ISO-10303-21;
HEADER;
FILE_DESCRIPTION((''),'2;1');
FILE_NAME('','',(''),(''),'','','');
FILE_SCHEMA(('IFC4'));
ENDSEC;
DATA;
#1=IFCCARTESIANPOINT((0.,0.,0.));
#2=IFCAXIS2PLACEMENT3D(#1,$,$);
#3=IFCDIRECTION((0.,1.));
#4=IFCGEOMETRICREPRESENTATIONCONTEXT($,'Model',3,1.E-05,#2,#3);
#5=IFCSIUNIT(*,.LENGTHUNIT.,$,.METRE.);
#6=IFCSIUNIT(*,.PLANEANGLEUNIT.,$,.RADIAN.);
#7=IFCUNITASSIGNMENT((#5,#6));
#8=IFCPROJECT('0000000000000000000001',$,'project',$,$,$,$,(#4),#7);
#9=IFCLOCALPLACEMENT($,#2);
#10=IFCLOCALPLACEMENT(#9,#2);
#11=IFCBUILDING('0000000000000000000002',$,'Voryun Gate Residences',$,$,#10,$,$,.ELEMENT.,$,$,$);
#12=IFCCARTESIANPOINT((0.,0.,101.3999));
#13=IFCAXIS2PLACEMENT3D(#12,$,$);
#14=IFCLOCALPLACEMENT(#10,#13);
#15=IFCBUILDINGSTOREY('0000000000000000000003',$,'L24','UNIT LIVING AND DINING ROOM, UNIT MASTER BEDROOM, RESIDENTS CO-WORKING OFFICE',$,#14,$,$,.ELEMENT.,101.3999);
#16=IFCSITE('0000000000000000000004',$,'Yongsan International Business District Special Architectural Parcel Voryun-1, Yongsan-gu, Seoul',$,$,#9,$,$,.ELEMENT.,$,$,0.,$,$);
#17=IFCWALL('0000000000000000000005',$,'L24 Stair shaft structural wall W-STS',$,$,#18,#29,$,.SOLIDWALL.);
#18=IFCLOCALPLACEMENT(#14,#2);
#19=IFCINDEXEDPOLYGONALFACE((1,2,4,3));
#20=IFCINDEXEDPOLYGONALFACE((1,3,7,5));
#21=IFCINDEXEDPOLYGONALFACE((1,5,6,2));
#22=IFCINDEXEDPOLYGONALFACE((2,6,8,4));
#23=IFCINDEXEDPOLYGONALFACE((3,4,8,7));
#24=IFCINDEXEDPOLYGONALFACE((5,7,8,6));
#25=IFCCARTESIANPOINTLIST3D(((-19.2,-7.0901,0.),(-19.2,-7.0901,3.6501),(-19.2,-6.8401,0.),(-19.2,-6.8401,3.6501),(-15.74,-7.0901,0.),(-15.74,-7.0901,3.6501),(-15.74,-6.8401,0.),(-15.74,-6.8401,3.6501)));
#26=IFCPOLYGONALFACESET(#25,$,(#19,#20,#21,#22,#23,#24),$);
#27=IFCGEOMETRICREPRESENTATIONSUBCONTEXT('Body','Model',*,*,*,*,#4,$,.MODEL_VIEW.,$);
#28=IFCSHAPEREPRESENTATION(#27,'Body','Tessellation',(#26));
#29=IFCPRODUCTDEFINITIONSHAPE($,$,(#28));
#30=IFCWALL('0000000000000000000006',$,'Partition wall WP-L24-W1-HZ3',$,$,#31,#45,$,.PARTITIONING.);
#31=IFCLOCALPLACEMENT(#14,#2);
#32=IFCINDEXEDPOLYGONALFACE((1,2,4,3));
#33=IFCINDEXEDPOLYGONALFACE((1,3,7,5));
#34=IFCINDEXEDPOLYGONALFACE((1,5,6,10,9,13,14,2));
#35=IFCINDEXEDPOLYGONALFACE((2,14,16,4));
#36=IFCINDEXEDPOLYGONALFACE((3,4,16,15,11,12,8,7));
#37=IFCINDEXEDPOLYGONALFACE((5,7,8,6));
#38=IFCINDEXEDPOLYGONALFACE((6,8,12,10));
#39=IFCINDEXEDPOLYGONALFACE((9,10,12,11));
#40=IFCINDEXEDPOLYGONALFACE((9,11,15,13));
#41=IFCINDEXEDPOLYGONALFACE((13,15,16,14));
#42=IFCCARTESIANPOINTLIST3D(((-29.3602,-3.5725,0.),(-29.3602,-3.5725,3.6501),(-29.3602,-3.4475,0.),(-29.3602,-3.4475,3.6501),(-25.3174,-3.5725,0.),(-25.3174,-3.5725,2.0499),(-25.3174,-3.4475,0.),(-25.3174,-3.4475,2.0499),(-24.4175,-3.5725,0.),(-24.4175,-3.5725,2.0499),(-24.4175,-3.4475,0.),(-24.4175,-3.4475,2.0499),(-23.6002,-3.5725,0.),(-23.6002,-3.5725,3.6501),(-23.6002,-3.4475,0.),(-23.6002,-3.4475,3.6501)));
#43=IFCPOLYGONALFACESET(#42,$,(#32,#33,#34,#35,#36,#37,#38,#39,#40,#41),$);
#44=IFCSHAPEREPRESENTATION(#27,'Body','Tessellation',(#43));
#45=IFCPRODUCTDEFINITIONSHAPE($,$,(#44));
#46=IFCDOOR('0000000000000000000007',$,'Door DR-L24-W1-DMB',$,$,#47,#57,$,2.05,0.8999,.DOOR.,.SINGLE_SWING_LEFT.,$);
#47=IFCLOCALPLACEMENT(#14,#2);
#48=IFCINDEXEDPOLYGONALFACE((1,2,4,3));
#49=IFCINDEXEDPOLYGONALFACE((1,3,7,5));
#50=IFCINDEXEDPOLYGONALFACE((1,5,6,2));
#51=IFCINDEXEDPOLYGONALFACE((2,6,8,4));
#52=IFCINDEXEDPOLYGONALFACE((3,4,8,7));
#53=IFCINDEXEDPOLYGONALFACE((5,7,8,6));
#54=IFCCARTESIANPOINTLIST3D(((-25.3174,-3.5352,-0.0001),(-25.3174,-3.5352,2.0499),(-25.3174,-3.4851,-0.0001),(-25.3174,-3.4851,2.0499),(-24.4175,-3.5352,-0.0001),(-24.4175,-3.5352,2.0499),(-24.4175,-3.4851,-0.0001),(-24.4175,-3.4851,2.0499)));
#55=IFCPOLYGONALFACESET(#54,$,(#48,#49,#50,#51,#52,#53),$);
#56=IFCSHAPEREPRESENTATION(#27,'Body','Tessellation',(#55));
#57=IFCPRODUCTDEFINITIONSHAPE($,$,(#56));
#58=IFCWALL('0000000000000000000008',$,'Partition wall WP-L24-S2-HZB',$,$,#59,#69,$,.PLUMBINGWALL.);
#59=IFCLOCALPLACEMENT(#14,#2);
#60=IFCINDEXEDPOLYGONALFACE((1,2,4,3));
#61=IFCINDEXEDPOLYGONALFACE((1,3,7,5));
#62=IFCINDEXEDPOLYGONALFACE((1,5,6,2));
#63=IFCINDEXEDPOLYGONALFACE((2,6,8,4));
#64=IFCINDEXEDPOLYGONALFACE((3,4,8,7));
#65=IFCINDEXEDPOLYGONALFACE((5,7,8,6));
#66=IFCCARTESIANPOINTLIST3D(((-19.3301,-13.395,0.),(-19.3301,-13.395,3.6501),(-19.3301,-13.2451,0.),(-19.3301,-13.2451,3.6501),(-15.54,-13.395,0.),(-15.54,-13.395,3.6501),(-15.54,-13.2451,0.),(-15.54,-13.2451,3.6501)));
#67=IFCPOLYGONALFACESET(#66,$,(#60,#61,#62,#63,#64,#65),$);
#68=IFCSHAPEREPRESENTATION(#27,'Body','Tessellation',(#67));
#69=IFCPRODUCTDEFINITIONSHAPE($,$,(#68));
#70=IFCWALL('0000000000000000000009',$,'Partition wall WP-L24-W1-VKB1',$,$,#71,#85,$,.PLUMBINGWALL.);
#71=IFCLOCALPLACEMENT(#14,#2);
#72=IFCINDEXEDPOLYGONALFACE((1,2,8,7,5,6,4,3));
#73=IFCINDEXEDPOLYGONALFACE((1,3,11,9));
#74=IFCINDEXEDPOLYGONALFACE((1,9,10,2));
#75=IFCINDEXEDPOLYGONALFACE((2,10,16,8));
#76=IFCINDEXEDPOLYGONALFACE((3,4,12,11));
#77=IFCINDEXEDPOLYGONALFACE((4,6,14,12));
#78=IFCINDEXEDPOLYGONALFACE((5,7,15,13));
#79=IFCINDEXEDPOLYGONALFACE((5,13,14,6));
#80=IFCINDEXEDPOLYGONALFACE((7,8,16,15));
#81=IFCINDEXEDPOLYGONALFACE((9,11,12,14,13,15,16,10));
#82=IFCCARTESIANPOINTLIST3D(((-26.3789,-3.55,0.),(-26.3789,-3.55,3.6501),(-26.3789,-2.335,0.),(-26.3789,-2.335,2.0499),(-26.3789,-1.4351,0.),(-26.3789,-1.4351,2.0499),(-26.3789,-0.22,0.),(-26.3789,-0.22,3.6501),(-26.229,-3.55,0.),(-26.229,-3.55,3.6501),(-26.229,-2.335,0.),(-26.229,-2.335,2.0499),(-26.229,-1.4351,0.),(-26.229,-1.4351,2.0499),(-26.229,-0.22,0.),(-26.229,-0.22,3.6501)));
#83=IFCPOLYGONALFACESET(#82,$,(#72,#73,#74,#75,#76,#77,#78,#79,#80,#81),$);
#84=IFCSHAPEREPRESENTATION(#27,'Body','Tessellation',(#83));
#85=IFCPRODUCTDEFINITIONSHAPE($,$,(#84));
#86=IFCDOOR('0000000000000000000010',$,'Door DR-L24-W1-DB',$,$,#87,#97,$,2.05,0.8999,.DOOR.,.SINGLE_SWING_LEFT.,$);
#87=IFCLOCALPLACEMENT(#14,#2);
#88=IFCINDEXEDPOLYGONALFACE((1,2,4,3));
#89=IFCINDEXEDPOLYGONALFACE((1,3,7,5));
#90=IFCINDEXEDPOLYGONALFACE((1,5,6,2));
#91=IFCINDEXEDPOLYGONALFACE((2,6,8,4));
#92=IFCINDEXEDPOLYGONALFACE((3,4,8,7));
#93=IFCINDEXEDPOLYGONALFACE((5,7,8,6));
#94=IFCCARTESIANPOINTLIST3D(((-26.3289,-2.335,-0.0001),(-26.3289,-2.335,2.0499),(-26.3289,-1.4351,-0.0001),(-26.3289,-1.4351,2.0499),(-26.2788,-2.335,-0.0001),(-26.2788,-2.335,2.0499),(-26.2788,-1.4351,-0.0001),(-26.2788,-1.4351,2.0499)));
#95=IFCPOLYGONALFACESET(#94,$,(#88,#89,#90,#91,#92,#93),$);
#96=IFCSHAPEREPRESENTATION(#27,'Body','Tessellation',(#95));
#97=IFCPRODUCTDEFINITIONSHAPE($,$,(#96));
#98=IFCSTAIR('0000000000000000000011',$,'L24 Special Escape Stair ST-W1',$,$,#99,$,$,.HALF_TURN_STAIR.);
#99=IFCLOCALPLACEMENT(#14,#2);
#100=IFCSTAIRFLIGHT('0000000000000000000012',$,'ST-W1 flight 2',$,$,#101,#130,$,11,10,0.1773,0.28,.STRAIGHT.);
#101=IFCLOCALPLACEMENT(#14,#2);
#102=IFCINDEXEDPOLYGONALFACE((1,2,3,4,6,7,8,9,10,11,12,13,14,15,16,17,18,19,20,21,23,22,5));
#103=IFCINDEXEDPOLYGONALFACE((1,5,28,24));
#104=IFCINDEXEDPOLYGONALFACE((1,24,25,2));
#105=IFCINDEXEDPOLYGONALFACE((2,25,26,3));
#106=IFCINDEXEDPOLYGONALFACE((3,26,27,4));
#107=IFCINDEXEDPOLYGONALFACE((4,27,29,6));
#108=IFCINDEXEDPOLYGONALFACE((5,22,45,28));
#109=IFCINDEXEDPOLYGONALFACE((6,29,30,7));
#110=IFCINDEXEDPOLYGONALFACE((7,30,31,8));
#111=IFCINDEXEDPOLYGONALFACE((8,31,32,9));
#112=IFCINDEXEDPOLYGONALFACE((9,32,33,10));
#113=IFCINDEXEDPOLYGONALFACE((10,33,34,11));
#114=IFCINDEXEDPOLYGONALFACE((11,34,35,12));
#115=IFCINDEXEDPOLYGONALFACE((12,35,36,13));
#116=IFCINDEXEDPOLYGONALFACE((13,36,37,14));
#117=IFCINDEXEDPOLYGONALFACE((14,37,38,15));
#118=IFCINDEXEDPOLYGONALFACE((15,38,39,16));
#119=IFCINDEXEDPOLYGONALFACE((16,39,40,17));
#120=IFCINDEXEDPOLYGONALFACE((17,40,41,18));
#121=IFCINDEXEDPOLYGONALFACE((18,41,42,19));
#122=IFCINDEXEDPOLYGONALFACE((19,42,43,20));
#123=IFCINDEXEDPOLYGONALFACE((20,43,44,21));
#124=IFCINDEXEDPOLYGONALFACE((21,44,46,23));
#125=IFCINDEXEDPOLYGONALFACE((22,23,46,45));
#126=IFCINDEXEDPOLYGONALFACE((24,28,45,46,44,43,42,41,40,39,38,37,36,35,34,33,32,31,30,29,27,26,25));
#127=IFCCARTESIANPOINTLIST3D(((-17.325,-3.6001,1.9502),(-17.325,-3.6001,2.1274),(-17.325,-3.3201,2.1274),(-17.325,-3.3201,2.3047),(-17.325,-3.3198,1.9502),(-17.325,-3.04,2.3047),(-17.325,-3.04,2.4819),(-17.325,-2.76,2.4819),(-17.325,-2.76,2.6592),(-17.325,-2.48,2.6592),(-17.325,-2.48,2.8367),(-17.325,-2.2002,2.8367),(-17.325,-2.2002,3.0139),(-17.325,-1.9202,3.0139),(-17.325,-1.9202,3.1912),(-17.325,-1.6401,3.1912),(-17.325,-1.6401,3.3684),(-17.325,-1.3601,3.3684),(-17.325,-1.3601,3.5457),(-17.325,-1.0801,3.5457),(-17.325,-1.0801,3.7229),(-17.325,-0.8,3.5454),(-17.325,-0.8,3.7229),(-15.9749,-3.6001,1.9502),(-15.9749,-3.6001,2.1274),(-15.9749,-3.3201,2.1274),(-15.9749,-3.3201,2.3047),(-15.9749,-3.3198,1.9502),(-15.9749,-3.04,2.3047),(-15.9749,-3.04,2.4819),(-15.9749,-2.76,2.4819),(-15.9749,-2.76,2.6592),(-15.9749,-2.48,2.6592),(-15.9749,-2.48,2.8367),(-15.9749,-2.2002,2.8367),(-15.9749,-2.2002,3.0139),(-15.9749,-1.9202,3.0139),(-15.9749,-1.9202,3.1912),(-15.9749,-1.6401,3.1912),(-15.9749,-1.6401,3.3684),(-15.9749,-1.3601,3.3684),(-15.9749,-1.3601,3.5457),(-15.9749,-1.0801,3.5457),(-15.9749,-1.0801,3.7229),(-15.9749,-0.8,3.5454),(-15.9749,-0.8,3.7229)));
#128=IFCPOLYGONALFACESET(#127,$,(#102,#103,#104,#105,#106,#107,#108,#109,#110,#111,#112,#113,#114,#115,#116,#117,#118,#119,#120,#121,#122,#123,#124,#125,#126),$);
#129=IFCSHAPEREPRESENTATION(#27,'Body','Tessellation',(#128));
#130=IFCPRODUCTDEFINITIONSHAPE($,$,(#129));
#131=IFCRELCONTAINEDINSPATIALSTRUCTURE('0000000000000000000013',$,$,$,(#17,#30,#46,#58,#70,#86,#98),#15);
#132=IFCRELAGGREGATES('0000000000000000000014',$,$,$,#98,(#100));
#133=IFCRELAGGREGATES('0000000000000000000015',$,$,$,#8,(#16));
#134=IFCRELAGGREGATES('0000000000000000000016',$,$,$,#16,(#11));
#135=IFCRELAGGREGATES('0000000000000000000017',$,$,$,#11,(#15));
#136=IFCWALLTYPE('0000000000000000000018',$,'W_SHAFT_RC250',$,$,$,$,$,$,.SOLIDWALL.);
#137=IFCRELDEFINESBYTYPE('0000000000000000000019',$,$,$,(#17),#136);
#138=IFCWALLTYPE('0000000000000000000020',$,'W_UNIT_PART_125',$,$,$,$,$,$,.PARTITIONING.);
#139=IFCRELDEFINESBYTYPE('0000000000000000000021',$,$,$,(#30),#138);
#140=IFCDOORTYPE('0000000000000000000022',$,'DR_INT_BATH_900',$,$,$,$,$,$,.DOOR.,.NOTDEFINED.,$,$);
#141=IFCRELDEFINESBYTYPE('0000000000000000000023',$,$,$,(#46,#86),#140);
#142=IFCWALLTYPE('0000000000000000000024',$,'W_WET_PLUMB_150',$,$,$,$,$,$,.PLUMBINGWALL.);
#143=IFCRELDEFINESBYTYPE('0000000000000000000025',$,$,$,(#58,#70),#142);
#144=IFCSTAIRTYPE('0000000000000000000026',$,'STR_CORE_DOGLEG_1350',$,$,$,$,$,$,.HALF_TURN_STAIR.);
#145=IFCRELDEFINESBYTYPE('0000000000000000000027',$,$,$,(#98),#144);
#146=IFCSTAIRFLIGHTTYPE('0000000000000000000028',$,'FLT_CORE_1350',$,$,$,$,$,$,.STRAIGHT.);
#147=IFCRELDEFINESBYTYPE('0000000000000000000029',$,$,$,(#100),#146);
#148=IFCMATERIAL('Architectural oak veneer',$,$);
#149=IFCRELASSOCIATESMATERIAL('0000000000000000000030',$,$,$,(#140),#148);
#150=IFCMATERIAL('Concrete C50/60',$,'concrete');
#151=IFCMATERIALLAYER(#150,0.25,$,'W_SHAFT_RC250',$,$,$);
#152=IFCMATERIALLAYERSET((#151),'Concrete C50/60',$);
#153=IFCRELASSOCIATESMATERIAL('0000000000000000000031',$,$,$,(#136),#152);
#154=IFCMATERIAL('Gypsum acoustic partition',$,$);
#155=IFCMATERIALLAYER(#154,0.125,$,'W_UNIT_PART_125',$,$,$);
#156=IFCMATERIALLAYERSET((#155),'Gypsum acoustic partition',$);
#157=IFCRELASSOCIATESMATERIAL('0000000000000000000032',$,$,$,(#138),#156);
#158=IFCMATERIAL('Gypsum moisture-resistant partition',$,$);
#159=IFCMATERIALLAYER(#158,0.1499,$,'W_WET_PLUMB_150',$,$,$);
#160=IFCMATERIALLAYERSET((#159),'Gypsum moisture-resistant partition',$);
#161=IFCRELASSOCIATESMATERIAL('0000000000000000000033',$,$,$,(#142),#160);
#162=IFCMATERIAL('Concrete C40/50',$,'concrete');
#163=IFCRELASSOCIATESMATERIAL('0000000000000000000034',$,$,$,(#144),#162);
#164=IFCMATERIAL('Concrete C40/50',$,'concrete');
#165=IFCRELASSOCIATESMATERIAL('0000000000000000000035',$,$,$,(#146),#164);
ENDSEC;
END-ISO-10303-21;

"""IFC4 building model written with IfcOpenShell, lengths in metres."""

from ifc_helpers import new_model, si_unit, direction, frame, frame_2d, origin, place, context, subcontext, project, spatial, polyline, rectangle, outline, extrude, material, layer, layer_set, type_object, element, fill, aggregate, save


model = new_model("IFC4")

# Units and contexts
model_context = context("Model", 3, precision=1e-05, world=origin(), true_north=direction((0.0, 1.0)))
body_context = subcontext(model_context, "Body", "Model", "MODEL_VIEW")
ifc_project = project(units=[si_unit("LENGTHUNIT", "METRE"), si_unit("PLANEANGLEUNIT", "RADIAN")], contexts=[model_context])

# Site, building, storey
site_placement = place(None, origin())
site = spatial("IfcSite", under=ifc_project, at=site_placement, Name="Yongsan International Business District Special Architectural Parcel Voryun-1, Yongsan-gu, Seoul", CompositionType="ELEMENT", RefElevation=0.0)
building_placement = place(site_placement, origin())
building = spatial("IfcBuilding", under=site, at=building_placement, Name="Voryun Gate Residences", CompositionType="ELEMENT")
storey_placement = place(building_placement, frame((0.0, 0.0, 101.3999)))
storey = spatial("IfcBuildingStorey", under=building, at=storey_placement, Name="L24", Description="UNIT LIVING AND DINING ROOM, UNIT MASTER BEDROOM, RESIDENTS CO-WORKING OFFICE", CompositionType="ELEMENT", Elevation=101.3999)

# Shared definitions
ifc_material_1 = material(Name="Architectural oak veneer")
door_type_1 = type_object("IfcDoorType", Name="DR_INT_BATH_900", OperationType="NOTDEFINED", PredefinedType="DOOR", material=ifc_material_1)

# Wall
ifc_material_2 = material(Name="Concrete C50/60", Category="concrete")
ifc_layer_1 = layer(ifc_material_2, 0.25, Name="W_SHAFT_RC250")
ifc_layer_set_1 = layer_set([ifc_layer_1], Name="Concrete C50/60")
wall_type_1 = type_object("IfcWallType", Name="W_SHAFT_RC250", PredefinedType="SOLIDWALL", material=ifc_layer_set_1)
wall_1_placement = place(storey_placement, frame((-19.2, -6.9651, 0.0), z_axis=(0.0, 0.0, 1.0), x_axis=(1.0, 0.0, 0.0)))
element("IfcWall", 1, at=wall_1_placement, inside=storey, type_object=wall_type_1, Name="L24 Stair shaft structural wall W-STS", PredefinedType="SOLIDWALL", context=body_context, shape_type="SweptSolid", body=[
    extrude(rectangle(XDim=3.46, YDim=0.25, at=frame_2d((1.73, 0.0))), origin(), (0.0, 0.0, 1.0), 3.6501),
])

# Wall, opening, door
ifc_material_3 = material(Name="Gypsum acoustic partition")
ifc_layer_2 = layer(ifc_material_3, 0.125, Name="W_UNIT_PART_125")
ifc_layer_set_2 = layer_set([ifc_layer_2], Name="Gypsum acoustic partition")
wall_type_2 = type_object("IfcWallType", Name="W_UNIT_PART_125", PredefinedType="PARTITIONING", material=ifc_layer_set_2)
wall_2_placement = place(storey_placement, frame((-29.3601, -3.51, 0.0), z_axis=(0.0, 0.0, 1.0), x_axis=(1.0, 0.0, 0.0)))
wall_2 = element("IfcWall", 2, at=wall_2_placement, inside=storey, type_object=wall_type_2, Name="Partition wall WP-L24-W1-HZ3", PredefinedType="PARTITIONING", context=body_context, shape_type="SweptSolid", body=[
    extrude(rectangle(XDim=5.76, YDim=0.125, at=frame_2d((2.8799, 0.0))), origin(), (0.0, 0.0, 1.0), 3.6501),
])
opening_1_placement = place(wall_2_placement, frame((4.0427, 0.0, 0.0)))
opening_1 = element("IfcOpeningElement", 3, at=opening_1_placement, cuts=wall_2, PredefinedType="OPENING", context=body_context, shape_type="SweptSolid", body=[
    extrude(rectangle(XDim=0.8999, YDim=2.05, at=frame_2d((0.45, 1.0249))), frame((0.0, 0.0725, 0.0), z_axis=(0.0, -1.0, 0.0), x_axis=(1.0, 0.0, 0.0)), (0.0, 0.0, 1.0), 0.145),
])
door_1_placement = place(opening_1_placement, origin())
door_1 = element("IfcDoor", 4, at=door_1_placement, inside=storey, type_object=door_type_1, Name="Door DR-L24-W1-DMB", OperationType="SINGLE_SWING_LEFT", OverallHeight=2.05, OverallWidth=0.8999, PredefinedType="DOOR", context=body_context, shape_type="SweptSolid", body=[
    extrude(rectangle(XDim=0.8999, YDim=2.05, at=frame_2d((0.45, 1.0249))), frame((0.0, 0.0249, 0.0), z_axis=(0.0, -1.0, 0.0), x_axis=(1.0, 0.0, 0.0)), (0.0, 0.0, 1.0), 0.05),
])
fill(opening_1, door_1)

# Wall
ifc_material_4 = material(Name="Gypsum moisture-resistant partition")
ifc_layer_3 = layer(ifc_material_4, 0.1499, Name="W_WET_PLUMB_150")
ifc_layer_set_3 = layer_set([ifc_layer_3], Name="Gypsum moisture-resistant partition")
wall_type_3 = type_object("IfcWallType", Name="W_WET_PLUMB_150", PredefinedType="PLUMBINGWALL", material=ifc_layer_set_3)
wall_3_placement = place(storey_placement, frame((-19.3301, -13.3201, 0.0), z_axis=(0.0, 0.0, 1.0), x_axis=(1.0, 0.0, 0.0)))
element("IfcWall", 5, at=wall_3_placement, inside=storey, type_object=wall_type_3, Name="Partition wall WP-L24-S2-HZB", PredefinedType="PLUMBINGWALL", context=body_context, shape_type="SweptSolid", body=[
    extrude(rectangle(XDim=3.79, YDim=0.1499, at=frame_2d((1.895, 0.0))), origin(), (0.0, 0.0, 1.0), 3.6501),
])

# Wall, opening, door
wall_4_placement = place(storey_placement, frame((-26.304, -3.55, 0.0), z_axis=(0.0, 0.0, 1.0), x_axis=(0.0, 1.0, 0.0)))
wall_4 = element("IfcWall", 6, at=wall_4_placement, inside=storey, type_object=wall_type_3, Name="Partition wall WP-L24-W1-VKB1", PredefinedType="PLUMBINGWALL", context=body_context, shape_type="SweptSolid", body=[
    extrude(rectangle(XDim=3.3301, YDim=0.1499, at=frame_2d((1.665, 0.0))), origin(), (0.0, 0.0, 1.0), 3.6501),
])
opening_2_placement = place(wall_4_placement, frame((1.2151, 0.0, 0.0)))
opening_2 = element("IfcOpeningElement", 7, at=opening_2_placement, cuts=wall_4, PredefinedType="OPENING", context=body_context, shape_type="SweptSolid", body=[
    extrude(rectangle(XDim=0.8999, YDim=2.05, at=frame_2d((0.45, 1.0249))), frame((0.0, 0.085, 0.0), z_axis=(0.0, -1.0, 0.0), x_axis=(1.0, 0.0, 0.0)), (0.0, 0.0, 1.0), 0.1699),
])
door_2_placement = place(opening_2_placement, origin())
door_2 = element("IfcDoor", 8, at=door_2_placement, inside=storey, type_object=door_type_1, Name="Door DR-L24-W1-DB", OperationType="SINGLE_SWING_LEFT", OverallHeight=2.05, OverallWidth=0.8999, PredefinedType="DOOR", context=body_context, shape_type="SweptSolid", body=[
    extrude(rectangle(XDim=0.8999, YDim=2.05, at=frame_2d((0.45, 1.0249))), frame((0.0, 0.0249, 0.0), z_axis=(0.0, -1.0, 0.0), x_axis=(1.0, 0.0, 0.0)), (0.0, 0.0, 1.0), 0.05),
])
fill(opening_2, door_2)

# Stair, stair flight
ifc_material_5 = material(Name="Concrete C40/50", Category="concrete")
stair_type = type_object("IfcStairType", Name="STR_CORE_DOGLEG_1350", PredefinedType="HALF_TURN_STAIR", material=ifc_material_5)
stair_placement = place(storey_placement, origin())
stair = element("IfcStair", 9, at=stair_placement, inside=storey, type_object=stair_type, Name="L24 Special Escape Stair ST-W1", PredefinedType="HALF_TURN_STAIR")
ifc_material_6 = material(Name="Concrete C40/50", Category="concrete")
stair_flight_type = type_object("IfcStairFlightType", Name="FLT_CORE_1350", PredefinedType="STRAIGHT", material=ifc_material_6)
stair_flight_placement = place(storey_placement, frame((-16.6499, -3.6001, 1.9502), z_axis=(0.0, 0.0, 1.0), x_axis=(0.0, 1.0, 0.0)))
stair_flight = element("IfcStairFlight", 10, at=stair_flight_placement, type_object=stair_flight_type, Name="ST-W1 flight 2", NumberOfRisers=11, NumberOfTreads=10, PredefinedType="STRAIGHT", RiserHeight=0.1773, TreadLength=0.28, context=body_context, shape_type="SweptSolid", body=[
    extrude(outline(polyline([(0.0, 0.0), (0.0, 0.1772), (0.28, 0.1772), (0.28, 0.3545), (0.5601, 0.3545), (0.5601, 0.5317), (0.8401, 0.5317), (0.8401, 0.709), (1.1201, 0.709), (1.1201, 0.8865), (1.3999, 0.8865), (1.3999, 1.0637), (1.6799, 1.0637), (1.6799, 1.241), (1.96, 1.241), (1.96, 1.4182), (2.24, 1.4182), (2.24, 1.5955), (2.52, 1.5955), (2.52, 1.7727), (2.8, 1.7727), (2.8, 1.95), (2.8, 1.5952), (0.2803, 0.0), (0.0, 0.0)])), frame((0.0, 0.675, 0.0), z_axis=(0.0, -1.0, 0.0), x_axis=(1.0, 0.0, 0.0)), (0.0, 0.0, 1.0), 1.3501),
])
aggregate(stair, [stair_flight])

save(model, "model.ifc")
